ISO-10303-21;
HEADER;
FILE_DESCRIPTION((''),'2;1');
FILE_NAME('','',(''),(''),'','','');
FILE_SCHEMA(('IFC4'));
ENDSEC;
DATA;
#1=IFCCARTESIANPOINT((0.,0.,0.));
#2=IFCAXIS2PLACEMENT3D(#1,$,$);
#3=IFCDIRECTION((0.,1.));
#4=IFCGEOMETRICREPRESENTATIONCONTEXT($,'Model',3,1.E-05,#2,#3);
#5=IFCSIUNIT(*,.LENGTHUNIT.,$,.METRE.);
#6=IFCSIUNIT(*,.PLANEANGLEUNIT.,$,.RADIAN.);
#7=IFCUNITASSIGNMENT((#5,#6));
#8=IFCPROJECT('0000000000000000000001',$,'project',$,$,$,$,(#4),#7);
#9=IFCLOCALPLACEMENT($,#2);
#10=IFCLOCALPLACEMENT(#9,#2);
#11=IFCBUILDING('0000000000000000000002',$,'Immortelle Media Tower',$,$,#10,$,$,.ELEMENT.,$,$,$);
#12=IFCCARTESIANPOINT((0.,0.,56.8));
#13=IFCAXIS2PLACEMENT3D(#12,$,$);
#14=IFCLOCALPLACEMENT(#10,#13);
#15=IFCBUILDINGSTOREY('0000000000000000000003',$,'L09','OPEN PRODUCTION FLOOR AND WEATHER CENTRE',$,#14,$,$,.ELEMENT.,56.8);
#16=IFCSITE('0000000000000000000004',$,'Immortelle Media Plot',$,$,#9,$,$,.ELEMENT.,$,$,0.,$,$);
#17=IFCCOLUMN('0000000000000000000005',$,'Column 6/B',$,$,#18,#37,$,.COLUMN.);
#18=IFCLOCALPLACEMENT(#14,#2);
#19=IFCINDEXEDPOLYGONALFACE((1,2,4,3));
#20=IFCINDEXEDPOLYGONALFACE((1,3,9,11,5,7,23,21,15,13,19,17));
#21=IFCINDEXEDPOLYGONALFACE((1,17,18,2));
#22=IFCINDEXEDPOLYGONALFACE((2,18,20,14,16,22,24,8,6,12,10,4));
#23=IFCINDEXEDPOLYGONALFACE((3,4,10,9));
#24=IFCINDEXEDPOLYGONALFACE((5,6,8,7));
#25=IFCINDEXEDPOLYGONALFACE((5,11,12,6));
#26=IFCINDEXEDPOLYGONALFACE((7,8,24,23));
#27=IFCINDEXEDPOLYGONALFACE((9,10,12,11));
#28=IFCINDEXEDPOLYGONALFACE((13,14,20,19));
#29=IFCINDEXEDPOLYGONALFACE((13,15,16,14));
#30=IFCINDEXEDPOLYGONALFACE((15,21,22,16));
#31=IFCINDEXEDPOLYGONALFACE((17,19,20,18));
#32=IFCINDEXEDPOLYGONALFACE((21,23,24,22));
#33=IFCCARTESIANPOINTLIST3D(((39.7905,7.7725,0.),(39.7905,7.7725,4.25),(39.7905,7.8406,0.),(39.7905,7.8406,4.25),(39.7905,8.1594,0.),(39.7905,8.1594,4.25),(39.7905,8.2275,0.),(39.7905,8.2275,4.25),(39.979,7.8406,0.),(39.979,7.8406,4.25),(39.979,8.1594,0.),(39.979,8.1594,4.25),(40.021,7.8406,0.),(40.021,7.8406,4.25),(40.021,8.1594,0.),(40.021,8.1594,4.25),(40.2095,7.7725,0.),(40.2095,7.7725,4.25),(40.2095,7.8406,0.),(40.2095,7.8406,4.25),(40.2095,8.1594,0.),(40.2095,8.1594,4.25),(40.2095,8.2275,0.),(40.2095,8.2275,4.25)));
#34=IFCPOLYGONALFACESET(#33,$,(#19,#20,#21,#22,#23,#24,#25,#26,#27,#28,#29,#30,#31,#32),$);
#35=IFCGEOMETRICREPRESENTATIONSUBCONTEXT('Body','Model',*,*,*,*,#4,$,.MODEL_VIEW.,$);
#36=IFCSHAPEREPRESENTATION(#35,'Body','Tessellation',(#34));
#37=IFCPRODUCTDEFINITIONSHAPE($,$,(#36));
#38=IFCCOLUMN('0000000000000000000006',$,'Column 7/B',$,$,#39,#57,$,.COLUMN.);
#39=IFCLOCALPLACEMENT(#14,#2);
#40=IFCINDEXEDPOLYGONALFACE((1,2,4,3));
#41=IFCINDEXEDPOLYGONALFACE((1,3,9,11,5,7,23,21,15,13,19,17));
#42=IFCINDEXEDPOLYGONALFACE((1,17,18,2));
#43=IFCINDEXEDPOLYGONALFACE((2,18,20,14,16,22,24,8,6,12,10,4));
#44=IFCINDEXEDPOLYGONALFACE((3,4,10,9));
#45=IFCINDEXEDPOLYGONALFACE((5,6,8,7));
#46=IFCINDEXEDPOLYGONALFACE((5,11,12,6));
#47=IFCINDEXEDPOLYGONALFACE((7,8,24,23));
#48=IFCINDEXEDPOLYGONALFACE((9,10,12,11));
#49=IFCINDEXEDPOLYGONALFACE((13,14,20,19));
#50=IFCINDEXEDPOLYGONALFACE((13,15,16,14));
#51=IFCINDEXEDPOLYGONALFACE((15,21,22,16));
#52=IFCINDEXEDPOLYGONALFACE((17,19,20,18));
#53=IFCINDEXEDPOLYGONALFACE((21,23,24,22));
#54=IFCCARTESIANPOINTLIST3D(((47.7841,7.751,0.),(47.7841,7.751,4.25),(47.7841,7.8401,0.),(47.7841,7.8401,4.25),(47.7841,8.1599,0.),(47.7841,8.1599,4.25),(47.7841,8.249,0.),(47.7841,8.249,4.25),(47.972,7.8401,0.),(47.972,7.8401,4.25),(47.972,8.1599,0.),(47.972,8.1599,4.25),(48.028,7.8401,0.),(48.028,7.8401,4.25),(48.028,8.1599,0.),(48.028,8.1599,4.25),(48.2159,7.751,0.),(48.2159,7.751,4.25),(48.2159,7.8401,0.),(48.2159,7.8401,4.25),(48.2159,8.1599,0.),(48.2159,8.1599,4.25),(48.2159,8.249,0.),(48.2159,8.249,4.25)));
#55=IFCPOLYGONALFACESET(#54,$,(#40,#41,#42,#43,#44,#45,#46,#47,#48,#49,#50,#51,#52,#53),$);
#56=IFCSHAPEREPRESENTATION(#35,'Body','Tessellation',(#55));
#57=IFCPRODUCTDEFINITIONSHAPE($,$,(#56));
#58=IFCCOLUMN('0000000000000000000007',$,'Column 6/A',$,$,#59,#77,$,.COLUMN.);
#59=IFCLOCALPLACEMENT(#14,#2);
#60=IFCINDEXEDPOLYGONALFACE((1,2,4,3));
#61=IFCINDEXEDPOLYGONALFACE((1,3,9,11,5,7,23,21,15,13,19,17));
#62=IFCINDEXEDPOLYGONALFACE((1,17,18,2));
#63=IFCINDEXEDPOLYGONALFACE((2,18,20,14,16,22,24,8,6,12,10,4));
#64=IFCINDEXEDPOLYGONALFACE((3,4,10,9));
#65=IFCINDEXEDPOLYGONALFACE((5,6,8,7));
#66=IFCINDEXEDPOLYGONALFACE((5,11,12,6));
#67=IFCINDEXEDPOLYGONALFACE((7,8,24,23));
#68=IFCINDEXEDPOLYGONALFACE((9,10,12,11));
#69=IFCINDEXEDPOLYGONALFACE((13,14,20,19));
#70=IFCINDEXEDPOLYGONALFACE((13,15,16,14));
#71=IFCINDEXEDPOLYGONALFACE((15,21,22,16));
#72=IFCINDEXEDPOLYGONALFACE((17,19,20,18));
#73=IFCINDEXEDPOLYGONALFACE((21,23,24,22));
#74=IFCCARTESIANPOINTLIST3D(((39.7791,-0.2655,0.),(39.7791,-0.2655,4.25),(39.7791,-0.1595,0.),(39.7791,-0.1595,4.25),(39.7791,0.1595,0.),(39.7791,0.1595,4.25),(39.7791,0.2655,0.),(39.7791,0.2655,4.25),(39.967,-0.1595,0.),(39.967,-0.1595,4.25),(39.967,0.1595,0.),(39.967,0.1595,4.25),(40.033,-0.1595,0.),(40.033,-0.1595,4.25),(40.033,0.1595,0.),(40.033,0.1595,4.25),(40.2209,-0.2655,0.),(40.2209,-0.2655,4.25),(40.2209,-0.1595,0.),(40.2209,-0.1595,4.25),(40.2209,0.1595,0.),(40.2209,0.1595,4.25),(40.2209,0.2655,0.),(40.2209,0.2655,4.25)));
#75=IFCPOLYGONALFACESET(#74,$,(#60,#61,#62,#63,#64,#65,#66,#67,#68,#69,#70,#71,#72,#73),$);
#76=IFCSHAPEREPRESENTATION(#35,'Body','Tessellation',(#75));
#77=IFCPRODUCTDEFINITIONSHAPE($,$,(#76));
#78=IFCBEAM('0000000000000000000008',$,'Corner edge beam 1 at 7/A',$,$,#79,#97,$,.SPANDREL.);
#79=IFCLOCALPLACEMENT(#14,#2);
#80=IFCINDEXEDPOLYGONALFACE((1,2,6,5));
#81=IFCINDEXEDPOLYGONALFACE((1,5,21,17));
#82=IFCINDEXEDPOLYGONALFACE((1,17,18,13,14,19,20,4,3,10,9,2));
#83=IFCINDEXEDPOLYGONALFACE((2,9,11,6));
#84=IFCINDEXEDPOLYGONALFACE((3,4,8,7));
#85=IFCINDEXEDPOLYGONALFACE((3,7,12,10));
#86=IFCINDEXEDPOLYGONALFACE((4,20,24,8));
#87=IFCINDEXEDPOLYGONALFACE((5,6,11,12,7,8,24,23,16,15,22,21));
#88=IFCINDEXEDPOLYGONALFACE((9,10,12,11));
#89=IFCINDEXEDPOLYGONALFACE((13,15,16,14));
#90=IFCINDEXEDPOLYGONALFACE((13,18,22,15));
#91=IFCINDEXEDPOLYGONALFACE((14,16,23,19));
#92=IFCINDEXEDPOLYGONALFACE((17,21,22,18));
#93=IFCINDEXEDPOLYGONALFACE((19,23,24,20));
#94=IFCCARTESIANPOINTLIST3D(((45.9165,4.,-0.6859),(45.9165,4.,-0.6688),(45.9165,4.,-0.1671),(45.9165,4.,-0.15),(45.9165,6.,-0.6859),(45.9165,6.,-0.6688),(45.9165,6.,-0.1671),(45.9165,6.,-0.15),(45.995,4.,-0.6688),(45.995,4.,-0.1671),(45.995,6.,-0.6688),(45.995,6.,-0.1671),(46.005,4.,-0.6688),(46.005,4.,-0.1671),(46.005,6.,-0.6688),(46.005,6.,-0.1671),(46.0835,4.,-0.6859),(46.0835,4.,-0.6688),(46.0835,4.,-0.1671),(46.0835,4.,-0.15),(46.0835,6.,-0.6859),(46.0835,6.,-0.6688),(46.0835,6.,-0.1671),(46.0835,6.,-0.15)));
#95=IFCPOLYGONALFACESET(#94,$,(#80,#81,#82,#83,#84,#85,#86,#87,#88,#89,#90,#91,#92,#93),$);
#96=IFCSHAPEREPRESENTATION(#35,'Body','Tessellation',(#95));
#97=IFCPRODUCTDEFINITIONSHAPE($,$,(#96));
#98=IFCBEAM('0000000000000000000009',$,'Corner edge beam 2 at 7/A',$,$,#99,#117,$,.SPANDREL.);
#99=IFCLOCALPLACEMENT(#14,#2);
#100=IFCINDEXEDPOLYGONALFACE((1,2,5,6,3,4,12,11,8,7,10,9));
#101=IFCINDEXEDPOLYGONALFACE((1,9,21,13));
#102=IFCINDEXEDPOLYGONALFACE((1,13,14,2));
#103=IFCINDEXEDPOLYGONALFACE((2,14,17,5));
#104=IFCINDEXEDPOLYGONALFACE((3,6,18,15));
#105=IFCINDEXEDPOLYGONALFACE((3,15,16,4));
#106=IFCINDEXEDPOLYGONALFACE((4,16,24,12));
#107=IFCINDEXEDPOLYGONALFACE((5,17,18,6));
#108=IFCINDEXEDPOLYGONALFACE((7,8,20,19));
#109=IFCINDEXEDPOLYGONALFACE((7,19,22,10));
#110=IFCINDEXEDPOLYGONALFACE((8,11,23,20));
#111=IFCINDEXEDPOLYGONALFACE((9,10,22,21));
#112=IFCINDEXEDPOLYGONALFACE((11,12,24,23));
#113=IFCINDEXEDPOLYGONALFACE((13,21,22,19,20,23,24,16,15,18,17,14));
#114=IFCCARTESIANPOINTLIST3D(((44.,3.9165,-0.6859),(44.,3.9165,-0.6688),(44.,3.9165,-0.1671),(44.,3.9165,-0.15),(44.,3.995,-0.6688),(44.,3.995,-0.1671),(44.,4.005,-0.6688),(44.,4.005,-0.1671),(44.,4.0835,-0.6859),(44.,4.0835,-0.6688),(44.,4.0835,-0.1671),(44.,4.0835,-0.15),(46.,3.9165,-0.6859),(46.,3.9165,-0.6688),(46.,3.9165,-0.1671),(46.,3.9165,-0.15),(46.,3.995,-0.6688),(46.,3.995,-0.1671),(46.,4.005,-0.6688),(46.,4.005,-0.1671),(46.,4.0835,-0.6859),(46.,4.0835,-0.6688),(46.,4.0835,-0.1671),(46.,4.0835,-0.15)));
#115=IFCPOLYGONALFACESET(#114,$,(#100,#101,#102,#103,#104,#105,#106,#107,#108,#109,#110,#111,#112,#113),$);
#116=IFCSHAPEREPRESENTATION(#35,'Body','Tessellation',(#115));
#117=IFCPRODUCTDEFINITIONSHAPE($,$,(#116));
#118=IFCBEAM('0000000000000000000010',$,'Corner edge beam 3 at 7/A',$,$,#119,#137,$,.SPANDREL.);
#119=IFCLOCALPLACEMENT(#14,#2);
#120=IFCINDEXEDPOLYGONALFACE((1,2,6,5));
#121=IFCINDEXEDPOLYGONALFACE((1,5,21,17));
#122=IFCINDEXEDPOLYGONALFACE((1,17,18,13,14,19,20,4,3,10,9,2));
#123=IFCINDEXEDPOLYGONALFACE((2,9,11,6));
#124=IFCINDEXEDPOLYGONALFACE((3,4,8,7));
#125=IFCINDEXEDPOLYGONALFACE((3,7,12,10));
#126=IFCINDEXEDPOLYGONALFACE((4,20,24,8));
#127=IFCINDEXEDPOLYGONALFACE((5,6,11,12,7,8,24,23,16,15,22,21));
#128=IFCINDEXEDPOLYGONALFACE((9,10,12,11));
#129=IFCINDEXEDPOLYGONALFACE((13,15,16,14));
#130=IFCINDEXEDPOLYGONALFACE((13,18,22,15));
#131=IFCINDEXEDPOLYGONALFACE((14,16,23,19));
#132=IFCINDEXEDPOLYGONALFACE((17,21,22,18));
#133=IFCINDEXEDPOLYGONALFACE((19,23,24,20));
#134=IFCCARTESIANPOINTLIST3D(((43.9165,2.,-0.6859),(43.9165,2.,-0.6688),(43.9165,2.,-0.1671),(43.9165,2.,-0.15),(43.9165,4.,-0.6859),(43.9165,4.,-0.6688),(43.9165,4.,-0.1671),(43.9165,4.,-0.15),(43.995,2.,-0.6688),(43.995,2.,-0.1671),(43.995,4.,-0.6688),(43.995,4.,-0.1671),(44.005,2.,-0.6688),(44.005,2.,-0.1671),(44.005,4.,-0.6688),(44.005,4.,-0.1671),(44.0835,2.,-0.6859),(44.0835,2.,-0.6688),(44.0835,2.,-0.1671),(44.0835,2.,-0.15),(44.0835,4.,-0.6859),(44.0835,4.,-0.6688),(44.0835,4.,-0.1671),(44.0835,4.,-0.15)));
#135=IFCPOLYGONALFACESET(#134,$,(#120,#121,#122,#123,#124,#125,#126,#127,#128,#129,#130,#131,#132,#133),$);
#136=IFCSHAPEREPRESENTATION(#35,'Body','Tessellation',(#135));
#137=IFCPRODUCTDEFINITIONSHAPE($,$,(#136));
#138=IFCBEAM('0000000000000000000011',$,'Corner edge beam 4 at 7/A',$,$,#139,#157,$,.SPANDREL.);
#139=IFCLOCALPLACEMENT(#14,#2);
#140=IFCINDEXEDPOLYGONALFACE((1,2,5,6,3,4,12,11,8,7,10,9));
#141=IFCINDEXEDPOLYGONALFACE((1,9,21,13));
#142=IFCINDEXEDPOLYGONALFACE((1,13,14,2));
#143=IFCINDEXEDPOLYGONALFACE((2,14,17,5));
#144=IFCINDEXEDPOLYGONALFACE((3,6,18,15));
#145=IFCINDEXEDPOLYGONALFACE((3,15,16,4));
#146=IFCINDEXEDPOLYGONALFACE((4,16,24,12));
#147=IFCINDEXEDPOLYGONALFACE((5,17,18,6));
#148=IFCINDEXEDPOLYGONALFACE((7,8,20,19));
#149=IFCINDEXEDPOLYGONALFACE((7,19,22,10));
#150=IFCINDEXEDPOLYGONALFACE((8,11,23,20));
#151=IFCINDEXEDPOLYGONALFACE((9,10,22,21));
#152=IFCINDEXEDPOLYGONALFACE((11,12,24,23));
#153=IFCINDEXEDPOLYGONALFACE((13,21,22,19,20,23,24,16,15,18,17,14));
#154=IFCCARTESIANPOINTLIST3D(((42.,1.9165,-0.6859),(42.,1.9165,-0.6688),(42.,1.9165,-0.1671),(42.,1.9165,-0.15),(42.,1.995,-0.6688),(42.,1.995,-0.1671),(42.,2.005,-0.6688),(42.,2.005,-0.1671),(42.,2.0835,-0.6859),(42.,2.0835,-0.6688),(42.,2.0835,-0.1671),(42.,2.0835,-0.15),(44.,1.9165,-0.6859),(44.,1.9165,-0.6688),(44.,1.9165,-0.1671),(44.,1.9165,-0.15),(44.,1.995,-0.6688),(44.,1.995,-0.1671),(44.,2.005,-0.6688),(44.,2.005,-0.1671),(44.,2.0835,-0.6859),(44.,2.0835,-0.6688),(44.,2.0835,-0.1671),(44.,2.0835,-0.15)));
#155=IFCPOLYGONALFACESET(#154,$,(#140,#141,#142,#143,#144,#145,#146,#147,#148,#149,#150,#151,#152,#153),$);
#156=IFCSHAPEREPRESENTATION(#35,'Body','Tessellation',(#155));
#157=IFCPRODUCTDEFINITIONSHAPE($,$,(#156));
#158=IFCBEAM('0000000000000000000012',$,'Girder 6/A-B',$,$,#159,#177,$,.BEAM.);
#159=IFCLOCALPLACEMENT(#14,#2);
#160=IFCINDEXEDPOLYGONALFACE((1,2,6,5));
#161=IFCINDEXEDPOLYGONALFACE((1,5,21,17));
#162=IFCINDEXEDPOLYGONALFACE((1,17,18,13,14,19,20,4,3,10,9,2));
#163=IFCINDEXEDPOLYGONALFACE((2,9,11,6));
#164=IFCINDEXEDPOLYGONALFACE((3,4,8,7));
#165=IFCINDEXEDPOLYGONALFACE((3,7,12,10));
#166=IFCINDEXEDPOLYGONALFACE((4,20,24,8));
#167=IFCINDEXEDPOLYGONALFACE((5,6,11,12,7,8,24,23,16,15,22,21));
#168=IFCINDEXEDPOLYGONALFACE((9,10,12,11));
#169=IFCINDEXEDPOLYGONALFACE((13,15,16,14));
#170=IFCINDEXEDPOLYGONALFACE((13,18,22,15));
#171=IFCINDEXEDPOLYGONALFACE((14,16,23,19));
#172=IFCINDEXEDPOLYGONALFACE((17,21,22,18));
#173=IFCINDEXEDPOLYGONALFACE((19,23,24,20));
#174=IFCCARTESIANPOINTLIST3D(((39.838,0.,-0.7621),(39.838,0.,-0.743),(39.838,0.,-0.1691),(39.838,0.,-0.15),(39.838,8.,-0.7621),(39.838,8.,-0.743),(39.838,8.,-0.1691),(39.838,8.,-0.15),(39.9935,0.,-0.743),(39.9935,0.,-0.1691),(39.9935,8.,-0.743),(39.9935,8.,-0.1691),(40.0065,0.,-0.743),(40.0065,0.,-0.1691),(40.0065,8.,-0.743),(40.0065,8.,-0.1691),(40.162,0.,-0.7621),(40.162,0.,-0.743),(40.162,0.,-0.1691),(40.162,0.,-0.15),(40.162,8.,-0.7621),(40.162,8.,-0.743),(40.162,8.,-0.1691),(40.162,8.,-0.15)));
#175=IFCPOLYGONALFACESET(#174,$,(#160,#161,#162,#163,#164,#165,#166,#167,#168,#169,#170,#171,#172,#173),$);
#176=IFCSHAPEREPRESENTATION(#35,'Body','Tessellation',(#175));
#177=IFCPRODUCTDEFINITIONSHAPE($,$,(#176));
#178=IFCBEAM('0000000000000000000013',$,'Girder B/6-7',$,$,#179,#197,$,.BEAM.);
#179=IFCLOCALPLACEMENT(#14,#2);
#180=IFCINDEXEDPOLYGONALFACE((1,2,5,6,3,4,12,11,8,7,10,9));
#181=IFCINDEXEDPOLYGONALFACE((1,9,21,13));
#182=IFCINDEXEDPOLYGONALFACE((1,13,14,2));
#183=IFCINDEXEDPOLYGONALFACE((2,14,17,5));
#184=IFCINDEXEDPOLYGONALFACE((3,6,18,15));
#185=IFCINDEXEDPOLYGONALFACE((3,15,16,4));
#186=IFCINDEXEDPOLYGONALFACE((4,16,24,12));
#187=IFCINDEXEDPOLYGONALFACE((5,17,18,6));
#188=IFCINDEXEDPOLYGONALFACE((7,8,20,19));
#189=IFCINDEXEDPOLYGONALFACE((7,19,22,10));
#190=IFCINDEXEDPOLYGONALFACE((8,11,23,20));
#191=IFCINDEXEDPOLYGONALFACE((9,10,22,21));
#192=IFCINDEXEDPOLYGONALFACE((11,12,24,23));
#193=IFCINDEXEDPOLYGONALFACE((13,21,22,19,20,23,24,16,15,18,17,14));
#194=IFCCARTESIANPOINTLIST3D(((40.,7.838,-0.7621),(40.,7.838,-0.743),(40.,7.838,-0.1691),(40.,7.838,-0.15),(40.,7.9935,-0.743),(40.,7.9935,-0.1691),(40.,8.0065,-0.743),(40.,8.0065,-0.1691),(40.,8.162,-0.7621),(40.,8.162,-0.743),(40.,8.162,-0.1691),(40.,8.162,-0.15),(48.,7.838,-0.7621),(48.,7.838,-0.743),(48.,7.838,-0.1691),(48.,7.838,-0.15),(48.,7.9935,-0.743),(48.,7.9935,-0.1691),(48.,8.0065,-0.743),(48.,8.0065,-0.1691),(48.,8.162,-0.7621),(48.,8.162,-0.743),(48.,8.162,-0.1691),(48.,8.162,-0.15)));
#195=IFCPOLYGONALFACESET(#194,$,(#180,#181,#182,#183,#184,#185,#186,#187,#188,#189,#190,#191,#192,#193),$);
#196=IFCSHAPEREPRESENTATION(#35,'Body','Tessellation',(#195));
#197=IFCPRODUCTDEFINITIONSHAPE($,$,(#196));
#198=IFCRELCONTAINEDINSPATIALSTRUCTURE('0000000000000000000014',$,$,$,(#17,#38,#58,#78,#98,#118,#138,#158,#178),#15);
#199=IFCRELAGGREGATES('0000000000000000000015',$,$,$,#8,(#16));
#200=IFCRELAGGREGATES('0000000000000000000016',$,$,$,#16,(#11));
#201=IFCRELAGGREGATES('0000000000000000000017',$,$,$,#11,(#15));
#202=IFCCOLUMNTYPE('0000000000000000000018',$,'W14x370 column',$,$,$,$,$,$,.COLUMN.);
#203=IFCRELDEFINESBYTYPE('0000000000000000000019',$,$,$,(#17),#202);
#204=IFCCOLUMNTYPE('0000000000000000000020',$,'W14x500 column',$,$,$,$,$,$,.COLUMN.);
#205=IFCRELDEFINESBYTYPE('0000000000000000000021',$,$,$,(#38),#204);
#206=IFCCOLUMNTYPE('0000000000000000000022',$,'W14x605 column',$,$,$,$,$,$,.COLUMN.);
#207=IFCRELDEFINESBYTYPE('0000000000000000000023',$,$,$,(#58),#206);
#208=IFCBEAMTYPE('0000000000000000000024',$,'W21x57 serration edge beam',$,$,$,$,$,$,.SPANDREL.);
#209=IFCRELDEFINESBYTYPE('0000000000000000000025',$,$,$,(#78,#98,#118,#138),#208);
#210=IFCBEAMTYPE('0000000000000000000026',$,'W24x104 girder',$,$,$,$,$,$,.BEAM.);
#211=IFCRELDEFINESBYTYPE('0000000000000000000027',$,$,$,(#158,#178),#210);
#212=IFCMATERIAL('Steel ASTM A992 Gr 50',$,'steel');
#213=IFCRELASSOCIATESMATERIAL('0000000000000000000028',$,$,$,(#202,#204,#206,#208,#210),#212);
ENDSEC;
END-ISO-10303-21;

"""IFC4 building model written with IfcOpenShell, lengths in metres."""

from ifc_helpers import new_model, si_unit, direction, frame, origin, origin_2d, place, context, subcontext, project, spatial, i_section, extrude, material, material_profile, profile_set, type_object, element, save


model = new_model("IFC4")

# Units and contexts
model_context = context("Model", 3, precision=1e-05, world=origin(), true_north=direction((0.0, 1.0)))
body_context = subcontext(model_context, "Body", "Model", "MODEL_VIEW")
ifc_project = project(units=[si_unit("LENGTHUNIT", "METRE"), si_unit("PLANEANGLEUNIT", "RADIAN")], contexts=[model_context])

# Site, building, storey
site_placement = place(None, origin())
site = spatial("IfcSite", under=ifc_project, at=site_placement, Name="Immortelle Media Plot", CompositionType="ELEMENT", RefElevation=0.0)
building_placement = place(site_placement, origin())
building = spatial("IfcBuilding", under=site, at=building_placement, Name="Immortelle Media Tower", CompositionType="ELEMENT")
storey_placement = place(building_placement, frame((0.0, 0.0, 56.8)))
storey = spatial("IfcBuildingStorey", under=building, at=storey_placement, Name="L09", Description="OPEN PRODUCTION FLOOR AND WEATHER CENTRE", CompositionType="ELEMENT", Elevation=56.8)

# Columns
ifc_material_1 = material(Name="Steel ASTM A992 Gr 50", Category="steel")
ifc_material_profile_1 = material_profile(ifc_material_1, i_section(OverallWidth=0.4189, OverallDepth=0.4551, WebThickness=0.042, FlangeThickness=0.0681, at=origin_2d()), Name="W14x370")
ifc_profile_set_1 = profile_set([ifc_material_profile_1], Name="Steel ASTM A992 Gr 50")
column_type_1 = type_object("IfcColumnType", Name="W14x370 column", PredefinedType="COLUMN", material=ifc_profile_set_1)
column_1_placement = place(storey_placement, frame((40.0, 8.0, 0.0), z_axis=(0.0, 0.0, 1.0), x_axis=(1.0, 0.0, 0.0)))
element("IfcColumn", 1, at=column_1_placement, inside=storey, type_object=column_type_1, Name="Column 6/B", PredefinedType="COLUMN", context=body_context, shape_type="SweptSolid", body=[
    extrude(i_section(OverallWidth=0.4189, OverallDepth=0.4551, WebThickness=0.042, FlangeThickness=0.0681, at=origin_2d()), origin(), (0.0, 0.0, 1.0), 4.25),
])
ifc_material_profile_2 = material_profile(ifc_material_1, i_section(OverallWidth=0.4319, OverallDepth=0.498, WebThickness=0.0559, FlangeThickness=0.0891, at=origin_2d()), Name="W14x500")
ifc_profile_set_2 = profile_set([ifc_material_profile_2], Name="Steel ASTM A992 Gr 50")
column_type_2 = type_object("IfcColumnType", Name="W14x500 column", PredefinedType="COLUMN", material=ifc_profile_set_2)
column_2_placement = place(storey_placement, frame((48.0, 8.0, 0.0), z_axis=(0.0, 0.0, 1.0), x_axis=(1.0, 0.0, 0.0)))
element("IfcColumn", 2, at=column_2_placement, inside=storey, type_object=column_type_2, Name="Column 7/B", PredefinedType="COLUMN", context=body_context, shape_type="SweptSolid", body=[
    extrude(i_section(OverallWidth=0.4319, OverallDepth=0.498, WebThickness=0.0559, FlangeThickness=0.0891, at=origin_2d()), origin(), (0.0, 0.0, 1.0), 4.25),
])
ifc_material_profile_3 = material_profile(ifc_material_1, i_section(OverallWidth=0.4419, OverallDepth=0.531, WebThickness=0.0659, FlangeThickness=0.106, at=origin_2d()), Name="W14x605")
ifc_profile_set_3 = profile_set([ifc_material_profile_3], Name="Steel ASTM A992 Gr 50")
column_type_3 = type_object("IfcColumnType", Name="W14x605 column", PredefinedType="COLUMN", material=ifc_profile_set_3)
column_3_placement = place(storey_placement, frame((40.0, 0.0, 0.0), z_axis=(0.0, 0.0, 1.0), x_axis=(1.0, 0.0, 0.0)))
element("IfcColumn", 3, at=column_3_placement, inside=storey, type_object=column_type_3, Name="Column 6/A", PredefinedType="COLUMN", context=body_context, shape_type="SweptSolid", body=[
    extrude(i_section(OverallWidth=0.4419, OverallDepth=0.531, WebThickness=0.0659, FlangeThickness=0.106, at=origin_2d()), origin(), (0.0, 0.0, 1.0), 4.25),
])

# Beams
ifc_material_profile_4 = material_profile(ifc_material_1, i_section(OverallWidth=0.167, OverallDepth=0.5359, WebThickness=0.01, FlangeThickness=0.0171, at=origin_2d()), Name="W21x57")
ifc_profile_set_4 = profile_set([ifc_material_profile_4], Name="Steel ASTM A992 Gr 50")
beam_type_1 = type_object("IfcBeamType", Name="W21x57 serration edge beam", PredefinedType="SPANDREL", material=ifc_profile_set_4)
for number, where, z_axis, x_axis, name in (
    (4, (46.0, 6.0, -0.418), (0.0, -1.0, 0.0), (1.0, 0.0, 0.0), "Corner edge beam 1 at 7/A"),
    (5, (46.0, 4.0, -0.418), (-1.0, 0.0, 0.0), (0.0, -1.0, 0.0), "Corner edge beam 2 at 7/A"),
    (6, (44.0, 4.0, -0.418), (0.0, -1.0, 0.0), (1.0, 0.0, 0.0), "Corner edge beam 3 at 7/A"),
    (7, (44.0, 2.0, -0.418), (-1.0, 0.0, 0.0), (0.0, -1.0, 0.0), "Corner edge beam 4 at 7/A"),
):
    element("IfcBeam", number, at=place(storey_placement, frame(where, z_axis=z_axis, x_axis=x_axis)), inside=storey, type_object=beam_type_1, Name=name, PredefinedType="SPANDREL", context=body_context, shape_type="SweptSolid", body=[
        extrude(i_section(OverallWidth=0.167, OverallDepth=0.5359, WebThickness=0.01, FlangeThickness=0.0171, at=origin_2d()), origin(), (0.0, 0.0, 1.0), 2.0),
    ])
ifc_material_profile_5 = material_profile(ifc_material_1, i_section(OverallWidth=0.324, OverallDepth=0.6121, WebThickness=0.0129, FlangeThickness=0.019, at=origin_2d()), Name="W24x104")
ifc_profile_set_5 = profile_set([ifc_material_profile_5], Name="Steel ASTM A992 Gr 50")
beam_type_2 = type_object("IfcBeamType", Name="W24x104 girder", PredefinedType="BEAM", material=ifc_profile_set_5)
for number, where, z_axis, x_axis, name in (
    (8, (40.0, 0.0, -0.4561), (0.0, 1.0, 0.0), (-1.0, 0.0, 0.0), "Girder 6/A-B"),
    (9, (40.0, 8.0, -0.4561), (1.0, 0.0, 0.0), (0.0, 1.0, 0.0), "Girder B/6-7"),
):
    element("IfcBeam", number, at=place(storey_placement, frame(where, z_axis=z_axis, x_axis=x_axis)), inside=storey, type_object=beam_type_2, Name=name, PredefinedType="BEAM", context=body_context, shape_type="SweptSolid", body=[
        extrude(i_section(OverallWidth=0.324, OverallDepth=0.6121, WebThickness=0.0129, FlangeThickness=0.019, at=origin_2d()), origin(), (0.0, 0.0, 1.0), 8.0),
    ])

save(model, "model.ifc")
